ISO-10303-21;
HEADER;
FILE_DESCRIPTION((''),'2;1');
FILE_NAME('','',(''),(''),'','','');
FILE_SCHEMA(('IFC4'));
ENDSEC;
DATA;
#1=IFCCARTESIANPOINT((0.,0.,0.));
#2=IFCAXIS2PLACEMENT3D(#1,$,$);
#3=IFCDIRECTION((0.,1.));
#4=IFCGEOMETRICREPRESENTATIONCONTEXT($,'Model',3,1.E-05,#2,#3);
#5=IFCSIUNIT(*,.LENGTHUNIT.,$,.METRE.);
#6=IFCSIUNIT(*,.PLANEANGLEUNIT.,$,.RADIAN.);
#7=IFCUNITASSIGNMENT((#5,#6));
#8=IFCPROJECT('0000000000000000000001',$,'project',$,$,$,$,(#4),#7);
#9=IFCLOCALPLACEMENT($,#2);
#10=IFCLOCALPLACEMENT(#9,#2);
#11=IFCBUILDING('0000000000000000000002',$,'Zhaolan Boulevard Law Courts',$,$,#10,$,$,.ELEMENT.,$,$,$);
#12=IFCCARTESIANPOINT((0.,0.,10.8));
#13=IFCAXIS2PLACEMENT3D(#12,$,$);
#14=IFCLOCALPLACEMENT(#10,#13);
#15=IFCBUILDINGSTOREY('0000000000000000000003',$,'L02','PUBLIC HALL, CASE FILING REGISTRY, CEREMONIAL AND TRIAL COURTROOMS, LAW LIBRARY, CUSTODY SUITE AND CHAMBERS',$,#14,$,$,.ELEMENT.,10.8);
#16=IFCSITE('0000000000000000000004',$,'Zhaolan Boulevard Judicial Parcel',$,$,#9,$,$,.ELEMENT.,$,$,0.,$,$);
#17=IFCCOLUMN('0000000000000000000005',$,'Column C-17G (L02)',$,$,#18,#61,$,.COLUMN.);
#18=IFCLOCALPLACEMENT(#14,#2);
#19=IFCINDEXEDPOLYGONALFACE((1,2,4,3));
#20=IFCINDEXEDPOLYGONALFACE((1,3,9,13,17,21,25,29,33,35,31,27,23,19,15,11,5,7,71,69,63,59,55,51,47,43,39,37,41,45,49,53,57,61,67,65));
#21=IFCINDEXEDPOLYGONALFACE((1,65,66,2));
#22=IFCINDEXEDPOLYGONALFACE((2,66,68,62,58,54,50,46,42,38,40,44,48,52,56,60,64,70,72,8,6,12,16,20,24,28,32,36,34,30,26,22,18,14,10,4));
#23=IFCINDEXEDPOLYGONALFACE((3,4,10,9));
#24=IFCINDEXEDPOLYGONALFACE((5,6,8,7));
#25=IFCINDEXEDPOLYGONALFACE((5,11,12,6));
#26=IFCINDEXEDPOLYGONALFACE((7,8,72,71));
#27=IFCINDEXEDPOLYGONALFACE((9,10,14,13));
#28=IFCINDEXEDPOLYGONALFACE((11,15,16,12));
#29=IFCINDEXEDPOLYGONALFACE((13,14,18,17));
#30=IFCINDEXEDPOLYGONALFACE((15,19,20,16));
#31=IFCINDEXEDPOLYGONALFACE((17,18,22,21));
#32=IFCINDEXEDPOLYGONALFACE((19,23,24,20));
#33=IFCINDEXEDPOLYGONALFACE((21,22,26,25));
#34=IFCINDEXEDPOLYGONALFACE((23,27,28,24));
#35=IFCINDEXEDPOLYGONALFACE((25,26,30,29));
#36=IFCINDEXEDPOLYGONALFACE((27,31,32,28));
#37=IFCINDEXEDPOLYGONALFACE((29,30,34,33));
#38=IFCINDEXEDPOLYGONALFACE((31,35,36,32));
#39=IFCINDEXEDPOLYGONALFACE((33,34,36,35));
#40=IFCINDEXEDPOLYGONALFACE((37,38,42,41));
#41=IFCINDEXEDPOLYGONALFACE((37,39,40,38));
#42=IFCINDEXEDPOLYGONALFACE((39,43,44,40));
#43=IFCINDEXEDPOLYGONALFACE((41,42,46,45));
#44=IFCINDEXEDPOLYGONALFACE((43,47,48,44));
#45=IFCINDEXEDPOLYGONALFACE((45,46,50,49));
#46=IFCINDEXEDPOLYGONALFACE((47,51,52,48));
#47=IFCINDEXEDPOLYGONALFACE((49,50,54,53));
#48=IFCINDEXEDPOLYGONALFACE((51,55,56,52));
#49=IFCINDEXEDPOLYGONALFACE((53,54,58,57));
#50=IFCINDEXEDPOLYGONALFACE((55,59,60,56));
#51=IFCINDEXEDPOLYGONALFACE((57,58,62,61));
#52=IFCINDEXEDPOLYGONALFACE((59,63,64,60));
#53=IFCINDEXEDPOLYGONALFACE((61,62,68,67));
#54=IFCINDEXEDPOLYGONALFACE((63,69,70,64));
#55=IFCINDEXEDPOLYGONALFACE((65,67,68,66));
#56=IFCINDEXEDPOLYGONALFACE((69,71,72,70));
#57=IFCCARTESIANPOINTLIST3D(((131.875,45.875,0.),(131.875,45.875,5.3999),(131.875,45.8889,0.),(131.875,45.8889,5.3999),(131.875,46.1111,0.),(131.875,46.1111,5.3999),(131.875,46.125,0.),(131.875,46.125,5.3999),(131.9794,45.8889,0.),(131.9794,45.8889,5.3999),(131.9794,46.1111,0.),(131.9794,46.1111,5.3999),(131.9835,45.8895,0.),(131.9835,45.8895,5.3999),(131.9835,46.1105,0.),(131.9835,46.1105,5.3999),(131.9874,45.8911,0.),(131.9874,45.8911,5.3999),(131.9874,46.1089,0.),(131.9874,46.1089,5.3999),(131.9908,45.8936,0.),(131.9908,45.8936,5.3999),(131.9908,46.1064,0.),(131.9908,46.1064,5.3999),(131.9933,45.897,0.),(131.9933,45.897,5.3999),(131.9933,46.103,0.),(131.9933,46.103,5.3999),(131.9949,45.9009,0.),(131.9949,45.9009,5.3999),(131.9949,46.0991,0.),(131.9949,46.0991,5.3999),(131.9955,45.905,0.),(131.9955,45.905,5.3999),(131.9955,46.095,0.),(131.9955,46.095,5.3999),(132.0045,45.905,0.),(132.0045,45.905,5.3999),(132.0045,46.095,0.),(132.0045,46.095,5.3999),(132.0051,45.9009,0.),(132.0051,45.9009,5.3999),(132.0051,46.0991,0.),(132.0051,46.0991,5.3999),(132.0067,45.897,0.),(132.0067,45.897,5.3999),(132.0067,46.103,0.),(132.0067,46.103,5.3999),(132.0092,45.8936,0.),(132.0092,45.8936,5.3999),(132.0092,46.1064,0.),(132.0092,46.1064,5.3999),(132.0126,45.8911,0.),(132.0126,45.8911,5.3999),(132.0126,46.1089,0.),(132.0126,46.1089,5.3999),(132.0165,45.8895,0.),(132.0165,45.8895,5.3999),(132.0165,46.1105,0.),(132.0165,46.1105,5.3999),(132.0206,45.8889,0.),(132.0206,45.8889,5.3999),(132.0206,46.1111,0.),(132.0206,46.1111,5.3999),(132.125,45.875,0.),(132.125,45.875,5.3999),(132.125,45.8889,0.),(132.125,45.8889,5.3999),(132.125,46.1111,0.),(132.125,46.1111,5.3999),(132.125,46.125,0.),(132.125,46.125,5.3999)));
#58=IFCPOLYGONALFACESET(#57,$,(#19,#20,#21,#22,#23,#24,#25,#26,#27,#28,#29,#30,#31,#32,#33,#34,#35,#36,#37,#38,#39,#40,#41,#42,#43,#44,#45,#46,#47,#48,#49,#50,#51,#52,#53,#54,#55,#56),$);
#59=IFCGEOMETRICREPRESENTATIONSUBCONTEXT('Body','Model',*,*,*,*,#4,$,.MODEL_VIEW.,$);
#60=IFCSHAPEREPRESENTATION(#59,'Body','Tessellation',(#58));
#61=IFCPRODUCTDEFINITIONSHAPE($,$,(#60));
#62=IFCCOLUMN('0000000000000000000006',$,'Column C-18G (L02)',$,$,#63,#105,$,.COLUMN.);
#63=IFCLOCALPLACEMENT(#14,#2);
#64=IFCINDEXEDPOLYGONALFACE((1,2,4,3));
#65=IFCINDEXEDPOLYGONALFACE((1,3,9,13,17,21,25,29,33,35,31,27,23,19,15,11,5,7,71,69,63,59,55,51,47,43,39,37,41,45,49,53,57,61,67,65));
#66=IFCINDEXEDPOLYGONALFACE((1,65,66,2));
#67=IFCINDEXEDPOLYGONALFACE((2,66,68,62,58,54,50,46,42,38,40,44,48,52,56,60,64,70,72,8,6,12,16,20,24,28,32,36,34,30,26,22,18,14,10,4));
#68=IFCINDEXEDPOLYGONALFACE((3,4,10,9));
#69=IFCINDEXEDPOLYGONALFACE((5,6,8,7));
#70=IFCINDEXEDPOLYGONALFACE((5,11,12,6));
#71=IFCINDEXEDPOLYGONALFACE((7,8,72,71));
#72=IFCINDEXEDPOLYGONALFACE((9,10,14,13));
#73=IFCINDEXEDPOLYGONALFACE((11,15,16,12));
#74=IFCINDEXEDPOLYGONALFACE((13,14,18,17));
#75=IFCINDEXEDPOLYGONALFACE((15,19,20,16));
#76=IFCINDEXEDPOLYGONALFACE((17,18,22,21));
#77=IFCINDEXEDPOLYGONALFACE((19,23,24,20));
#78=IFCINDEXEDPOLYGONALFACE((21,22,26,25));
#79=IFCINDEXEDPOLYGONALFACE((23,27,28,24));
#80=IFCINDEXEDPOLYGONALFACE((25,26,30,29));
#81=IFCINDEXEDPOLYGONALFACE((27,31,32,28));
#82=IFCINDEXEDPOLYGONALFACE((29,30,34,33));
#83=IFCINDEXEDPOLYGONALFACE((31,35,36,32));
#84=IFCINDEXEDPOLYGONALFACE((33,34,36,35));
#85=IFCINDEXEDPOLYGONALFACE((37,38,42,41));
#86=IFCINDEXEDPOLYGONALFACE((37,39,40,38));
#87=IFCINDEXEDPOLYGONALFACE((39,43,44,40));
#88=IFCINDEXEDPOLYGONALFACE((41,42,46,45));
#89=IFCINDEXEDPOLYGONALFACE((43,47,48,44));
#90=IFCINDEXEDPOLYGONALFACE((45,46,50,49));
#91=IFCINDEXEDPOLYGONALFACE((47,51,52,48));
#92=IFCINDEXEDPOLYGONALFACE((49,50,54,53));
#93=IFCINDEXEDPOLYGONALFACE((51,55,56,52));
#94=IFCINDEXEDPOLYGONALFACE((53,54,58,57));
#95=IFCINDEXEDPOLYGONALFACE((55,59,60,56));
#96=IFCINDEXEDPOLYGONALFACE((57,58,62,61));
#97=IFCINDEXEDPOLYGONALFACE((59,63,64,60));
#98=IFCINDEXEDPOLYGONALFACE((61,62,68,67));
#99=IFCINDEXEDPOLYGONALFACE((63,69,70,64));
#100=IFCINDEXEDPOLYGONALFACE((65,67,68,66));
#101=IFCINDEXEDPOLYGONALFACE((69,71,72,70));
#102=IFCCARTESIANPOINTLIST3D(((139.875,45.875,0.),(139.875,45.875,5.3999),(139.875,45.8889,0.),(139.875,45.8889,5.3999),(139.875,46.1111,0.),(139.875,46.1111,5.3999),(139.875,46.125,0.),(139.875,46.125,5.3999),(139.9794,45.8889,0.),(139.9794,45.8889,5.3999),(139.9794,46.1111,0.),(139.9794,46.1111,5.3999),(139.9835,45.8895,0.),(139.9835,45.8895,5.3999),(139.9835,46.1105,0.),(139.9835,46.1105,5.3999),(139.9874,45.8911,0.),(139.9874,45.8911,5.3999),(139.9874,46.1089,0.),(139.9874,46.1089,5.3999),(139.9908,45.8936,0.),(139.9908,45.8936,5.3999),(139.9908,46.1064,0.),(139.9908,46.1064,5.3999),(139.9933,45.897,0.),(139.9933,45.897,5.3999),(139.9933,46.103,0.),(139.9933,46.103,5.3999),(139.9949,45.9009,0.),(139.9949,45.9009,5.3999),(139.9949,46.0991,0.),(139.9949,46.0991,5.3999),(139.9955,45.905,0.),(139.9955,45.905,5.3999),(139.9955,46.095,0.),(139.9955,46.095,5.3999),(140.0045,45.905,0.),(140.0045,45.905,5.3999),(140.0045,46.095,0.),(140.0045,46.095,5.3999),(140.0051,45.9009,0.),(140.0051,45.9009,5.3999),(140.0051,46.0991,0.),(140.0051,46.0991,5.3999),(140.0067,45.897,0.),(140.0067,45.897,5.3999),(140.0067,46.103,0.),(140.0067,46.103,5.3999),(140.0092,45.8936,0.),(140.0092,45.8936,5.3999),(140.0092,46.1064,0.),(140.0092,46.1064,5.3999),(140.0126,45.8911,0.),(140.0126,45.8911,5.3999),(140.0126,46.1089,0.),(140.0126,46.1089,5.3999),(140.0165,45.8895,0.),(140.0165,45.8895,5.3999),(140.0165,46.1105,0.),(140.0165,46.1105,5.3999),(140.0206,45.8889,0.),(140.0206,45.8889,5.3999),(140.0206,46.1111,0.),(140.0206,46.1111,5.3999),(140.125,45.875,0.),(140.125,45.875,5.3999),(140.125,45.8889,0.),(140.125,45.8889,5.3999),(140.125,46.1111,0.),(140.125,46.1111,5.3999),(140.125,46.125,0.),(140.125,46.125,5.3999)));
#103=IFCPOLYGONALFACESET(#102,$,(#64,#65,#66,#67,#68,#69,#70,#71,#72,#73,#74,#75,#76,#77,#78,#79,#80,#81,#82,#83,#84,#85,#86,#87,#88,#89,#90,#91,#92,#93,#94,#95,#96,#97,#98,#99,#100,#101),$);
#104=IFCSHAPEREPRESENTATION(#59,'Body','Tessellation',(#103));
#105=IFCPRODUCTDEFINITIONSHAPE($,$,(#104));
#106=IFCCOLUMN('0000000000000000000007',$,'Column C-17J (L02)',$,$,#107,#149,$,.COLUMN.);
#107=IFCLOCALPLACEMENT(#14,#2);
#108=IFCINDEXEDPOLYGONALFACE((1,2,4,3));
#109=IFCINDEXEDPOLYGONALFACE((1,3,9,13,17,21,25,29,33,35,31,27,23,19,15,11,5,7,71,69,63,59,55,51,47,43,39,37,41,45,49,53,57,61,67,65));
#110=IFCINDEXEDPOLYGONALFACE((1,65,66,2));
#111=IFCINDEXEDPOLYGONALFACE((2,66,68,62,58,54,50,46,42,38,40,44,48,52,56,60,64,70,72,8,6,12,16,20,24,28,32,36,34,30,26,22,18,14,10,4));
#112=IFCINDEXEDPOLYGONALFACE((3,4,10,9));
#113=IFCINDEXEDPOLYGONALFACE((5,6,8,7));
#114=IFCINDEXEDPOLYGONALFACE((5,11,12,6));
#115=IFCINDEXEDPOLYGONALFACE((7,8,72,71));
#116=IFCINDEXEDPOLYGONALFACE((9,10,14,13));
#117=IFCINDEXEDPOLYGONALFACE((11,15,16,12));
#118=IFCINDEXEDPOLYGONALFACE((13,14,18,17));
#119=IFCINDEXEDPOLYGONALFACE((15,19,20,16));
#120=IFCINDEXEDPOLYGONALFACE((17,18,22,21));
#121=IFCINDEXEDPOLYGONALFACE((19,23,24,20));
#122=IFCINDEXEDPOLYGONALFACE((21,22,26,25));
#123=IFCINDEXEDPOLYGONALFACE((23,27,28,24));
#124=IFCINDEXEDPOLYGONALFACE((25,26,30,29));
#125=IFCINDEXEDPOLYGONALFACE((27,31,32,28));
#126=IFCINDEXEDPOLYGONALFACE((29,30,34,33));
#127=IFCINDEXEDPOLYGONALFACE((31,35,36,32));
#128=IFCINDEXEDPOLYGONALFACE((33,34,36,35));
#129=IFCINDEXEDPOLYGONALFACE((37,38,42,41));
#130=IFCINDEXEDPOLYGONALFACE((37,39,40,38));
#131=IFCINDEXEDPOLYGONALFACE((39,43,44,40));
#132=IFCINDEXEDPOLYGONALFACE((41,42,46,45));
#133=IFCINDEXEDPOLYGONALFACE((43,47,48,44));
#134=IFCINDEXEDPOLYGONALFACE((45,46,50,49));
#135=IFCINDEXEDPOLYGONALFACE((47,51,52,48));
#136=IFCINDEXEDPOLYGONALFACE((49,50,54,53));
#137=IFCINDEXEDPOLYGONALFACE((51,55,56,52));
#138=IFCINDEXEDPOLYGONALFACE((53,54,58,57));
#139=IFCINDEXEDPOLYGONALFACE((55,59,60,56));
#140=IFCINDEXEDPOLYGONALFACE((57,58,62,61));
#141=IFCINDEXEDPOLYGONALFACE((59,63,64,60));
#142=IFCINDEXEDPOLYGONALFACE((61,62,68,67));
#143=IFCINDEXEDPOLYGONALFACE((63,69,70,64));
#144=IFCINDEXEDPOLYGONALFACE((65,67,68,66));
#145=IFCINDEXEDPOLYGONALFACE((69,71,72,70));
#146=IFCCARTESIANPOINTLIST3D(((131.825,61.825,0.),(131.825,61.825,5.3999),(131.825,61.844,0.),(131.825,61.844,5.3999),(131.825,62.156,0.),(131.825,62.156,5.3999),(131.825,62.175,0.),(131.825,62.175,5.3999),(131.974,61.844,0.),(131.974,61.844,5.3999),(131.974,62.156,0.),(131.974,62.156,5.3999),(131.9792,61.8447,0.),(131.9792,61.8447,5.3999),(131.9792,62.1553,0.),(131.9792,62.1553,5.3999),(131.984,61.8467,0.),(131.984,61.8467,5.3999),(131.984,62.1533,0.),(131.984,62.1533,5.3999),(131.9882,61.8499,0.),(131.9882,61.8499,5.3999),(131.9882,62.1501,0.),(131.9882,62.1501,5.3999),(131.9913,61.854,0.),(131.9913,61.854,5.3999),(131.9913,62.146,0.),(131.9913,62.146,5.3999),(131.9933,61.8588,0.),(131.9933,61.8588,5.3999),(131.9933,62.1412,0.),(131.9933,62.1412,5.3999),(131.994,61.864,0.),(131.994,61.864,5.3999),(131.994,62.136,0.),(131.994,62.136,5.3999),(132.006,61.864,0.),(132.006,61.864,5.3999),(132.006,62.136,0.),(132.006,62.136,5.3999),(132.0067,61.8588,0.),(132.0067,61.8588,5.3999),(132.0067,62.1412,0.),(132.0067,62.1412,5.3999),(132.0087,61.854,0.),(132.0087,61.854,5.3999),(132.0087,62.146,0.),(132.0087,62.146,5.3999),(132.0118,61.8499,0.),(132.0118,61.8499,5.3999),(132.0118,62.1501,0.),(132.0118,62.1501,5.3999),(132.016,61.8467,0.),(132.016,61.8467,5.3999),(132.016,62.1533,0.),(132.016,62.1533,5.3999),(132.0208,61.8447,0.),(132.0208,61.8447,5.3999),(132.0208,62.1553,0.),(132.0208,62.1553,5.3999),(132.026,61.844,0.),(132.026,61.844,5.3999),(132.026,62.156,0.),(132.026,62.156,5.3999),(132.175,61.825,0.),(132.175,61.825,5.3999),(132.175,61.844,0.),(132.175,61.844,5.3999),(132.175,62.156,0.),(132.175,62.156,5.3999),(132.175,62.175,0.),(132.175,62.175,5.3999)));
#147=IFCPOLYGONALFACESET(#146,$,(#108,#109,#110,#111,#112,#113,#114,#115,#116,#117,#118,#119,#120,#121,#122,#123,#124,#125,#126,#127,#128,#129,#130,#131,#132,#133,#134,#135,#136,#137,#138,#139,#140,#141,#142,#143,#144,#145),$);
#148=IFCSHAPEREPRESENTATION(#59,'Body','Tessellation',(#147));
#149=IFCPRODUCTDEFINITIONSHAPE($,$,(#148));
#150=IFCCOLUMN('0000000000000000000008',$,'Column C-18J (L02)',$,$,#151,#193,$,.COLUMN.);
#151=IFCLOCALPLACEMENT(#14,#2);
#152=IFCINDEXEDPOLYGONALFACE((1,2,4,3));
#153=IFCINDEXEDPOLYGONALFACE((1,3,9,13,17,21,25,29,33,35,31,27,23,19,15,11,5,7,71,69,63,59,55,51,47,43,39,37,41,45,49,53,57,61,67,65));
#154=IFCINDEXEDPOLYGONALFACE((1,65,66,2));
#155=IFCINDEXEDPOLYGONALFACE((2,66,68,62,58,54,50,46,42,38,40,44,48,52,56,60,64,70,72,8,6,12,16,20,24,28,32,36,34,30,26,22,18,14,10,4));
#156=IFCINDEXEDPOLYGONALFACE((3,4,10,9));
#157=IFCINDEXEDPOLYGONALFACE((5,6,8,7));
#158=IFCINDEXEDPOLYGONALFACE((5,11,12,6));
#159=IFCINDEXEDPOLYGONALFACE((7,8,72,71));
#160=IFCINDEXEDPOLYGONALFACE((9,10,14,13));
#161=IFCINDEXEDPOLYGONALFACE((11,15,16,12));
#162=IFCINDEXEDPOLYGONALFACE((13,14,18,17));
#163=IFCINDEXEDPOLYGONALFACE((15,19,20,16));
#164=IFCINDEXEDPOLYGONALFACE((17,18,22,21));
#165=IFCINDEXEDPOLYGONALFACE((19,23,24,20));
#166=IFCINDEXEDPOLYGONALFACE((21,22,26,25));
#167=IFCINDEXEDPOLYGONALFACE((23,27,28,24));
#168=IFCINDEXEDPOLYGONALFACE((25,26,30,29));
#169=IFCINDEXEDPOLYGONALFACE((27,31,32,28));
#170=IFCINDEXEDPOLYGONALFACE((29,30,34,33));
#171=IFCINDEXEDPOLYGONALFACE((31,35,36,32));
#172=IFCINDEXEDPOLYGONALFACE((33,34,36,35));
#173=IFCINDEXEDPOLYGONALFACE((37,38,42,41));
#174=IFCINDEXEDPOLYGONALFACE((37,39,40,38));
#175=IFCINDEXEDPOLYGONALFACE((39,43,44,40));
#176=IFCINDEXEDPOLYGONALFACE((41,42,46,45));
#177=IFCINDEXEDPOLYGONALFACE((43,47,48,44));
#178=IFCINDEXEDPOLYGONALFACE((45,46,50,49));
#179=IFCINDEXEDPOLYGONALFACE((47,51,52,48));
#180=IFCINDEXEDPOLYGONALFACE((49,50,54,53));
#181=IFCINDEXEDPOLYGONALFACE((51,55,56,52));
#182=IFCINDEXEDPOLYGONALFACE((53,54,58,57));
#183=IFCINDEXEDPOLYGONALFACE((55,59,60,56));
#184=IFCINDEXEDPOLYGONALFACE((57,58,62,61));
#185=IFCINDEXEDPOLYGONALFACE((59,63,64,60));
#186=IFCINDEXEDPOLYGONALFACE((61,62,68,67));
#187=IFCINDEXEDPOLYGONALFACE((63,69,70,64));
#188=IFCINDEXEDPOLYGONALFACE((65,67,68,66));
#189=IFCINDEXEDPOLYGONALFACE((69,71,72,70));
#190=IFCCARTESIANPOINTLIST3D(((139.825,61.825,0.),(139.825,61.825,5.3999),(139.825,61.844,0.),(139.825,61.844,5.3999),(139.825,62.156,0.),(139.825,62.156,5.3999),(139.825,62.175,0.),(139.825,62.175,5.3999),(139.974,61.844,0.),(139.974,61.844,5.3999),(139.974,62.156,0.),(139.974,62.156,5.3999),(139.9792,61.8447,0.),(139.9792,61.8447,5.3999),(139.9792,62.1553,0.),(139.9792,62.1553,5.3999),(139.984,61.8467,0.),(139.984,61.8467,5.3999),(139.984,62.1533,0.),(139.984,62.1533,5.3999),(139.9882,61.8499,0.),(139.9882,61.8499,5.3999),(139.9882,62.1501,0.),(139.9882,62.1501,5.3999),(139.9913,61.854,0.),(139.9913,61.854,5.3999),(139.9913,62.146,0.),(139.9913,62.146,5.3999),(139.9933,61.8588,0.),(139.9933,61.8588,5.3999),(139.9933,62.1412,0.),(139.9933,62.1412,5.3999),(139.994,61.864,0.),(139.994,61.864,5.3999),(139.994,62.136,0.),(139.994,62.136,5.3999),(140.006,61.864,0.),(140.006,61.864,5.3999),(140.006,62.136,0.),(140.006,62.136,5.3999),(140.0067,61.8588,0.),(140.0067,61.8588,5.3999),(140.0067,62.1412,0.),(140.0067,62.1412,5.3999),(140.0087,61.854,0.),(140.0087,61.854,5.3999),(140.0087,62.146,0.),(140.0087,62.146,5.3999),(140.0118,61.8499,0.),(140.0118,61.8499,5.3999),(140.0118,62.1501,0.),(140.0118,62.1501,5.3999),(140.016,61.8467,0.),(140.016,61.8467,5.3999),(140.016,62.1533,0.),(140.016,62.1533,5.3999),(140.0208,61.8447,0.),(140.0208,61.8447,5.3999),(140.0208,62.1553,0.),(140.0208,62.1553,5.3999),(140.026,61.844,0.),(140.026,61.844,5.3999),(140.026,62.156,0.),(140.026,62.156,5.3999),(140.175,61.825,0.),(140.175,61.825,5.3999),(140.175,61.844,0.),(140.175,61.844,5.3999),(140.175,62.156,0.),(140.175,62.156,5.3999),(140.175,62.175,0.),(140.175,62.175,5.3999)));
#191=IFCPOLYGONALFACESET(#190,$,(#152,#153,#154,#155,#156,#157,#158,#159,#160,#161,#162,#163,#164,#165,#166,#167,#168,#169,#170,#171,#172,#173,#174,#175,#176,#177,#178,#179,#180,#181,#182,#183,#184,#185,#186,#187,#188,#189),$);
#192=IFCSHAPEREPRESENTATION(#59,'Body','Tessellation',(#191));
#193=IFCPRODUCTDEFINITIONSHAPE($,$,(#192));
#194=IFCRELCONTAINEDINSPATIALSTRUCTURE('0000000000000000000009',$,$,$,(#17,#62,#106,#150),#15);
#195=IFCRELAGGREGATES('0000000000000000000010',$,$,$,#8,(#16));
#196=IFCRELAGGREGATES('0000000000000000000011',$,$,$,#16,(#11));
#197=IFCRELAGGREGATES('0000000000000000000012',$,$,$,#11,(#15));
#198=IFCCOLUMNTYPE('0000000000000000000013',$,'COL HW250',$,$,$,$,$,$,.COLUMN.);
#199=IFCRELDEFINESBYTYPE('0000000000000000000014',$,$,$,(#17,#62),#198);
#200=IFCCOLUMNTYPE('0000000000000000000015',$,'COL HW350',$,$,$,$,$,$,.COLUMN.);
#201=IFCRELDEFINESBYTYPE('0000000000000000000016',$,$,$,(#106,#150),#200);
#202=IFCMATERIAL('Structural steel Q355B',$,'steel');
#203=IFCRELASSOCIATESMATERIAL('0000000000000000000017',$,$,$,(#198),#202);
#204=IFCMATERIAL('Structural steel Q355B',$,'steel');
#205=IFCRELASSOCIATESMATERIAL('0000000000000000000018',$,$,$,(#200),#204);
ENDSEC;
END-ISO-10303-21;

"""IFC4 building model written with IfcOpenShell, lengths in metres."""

from ifc_helpers import new_model, si_unit, direction, frame, origin, origin_2d, place, context, subcontext, project, spatial, i_section, extrude, material, material_profile, profile_set, type_object, element, save


model = new_model("IFC4")

# Units and contexts
model_context = context("Model", 3, precision=1e-05, world=origin(), true_north=direction((0.0, 1.0)))
body_context = subcontext(model_context, "Body", "Model", "MODEL_VIEW")
ifc_project = project(units=[si_unit("LENGTHUNIT", "METRE"), si_unit("PLANEANGLEUNIT", "RADIAN")], contexts=[model_context])

# Site, building, storey
site_placement = place(None, origin())
site = spatial("IfcSite", under=ifc_project, at=site_placement, Name="Zhaolan Boulevard Judicial Parcel", CompositionType="ELEMENT", RefElevation=0.0)
building_placement = place(site_placement, origin())
building = spatial("IfcBuilding", under=site, at=building_placement, Name="Zhaolan Boulevard Law Courts", CompositionType="ELEMENT")
storey_placement = place(building_placement, frame((0.0, 0.0, 10.8)))
storey = spatial("IfcBuildingStorey", under=building, at=storey_placement, Name="L02", Description="PUBLIC HALL, CASE FILING REGISTRY, CEREMONIAL AND TRIAL COURTROOMS, LAW LIBRARY, CUSTODY SUITE AND CHAMBERS", CompositionType="ELEMENT", Elevation=10.8)

# Columns
ifc_material_1 = material(Name="Structural steel Q355B", Category="steel")
ifc_material_profile_1 = material_profile(ifc_material_1, i_section(OverallWidth=0.25, OverallDepth=0.25, WebThickness=0.009, FlangeThickness=0.0139, FilletRadius=0.0161, at=origin_2d()), Name="HW250x250")
ifc_profile_set_1 = profile_set([ifc_material_profile_1], Name="Structural steel Q355B")
column_type_1 = type_object("IfcColumnType", Name="COL HW250", PredefinedType="COLUMN", material=ifc_profile_set_1)
for number, where, z_axis, x_axis, name in (
    (1, (132.0, 46.0, 0.0), (0.0, 0.0, 1.0), (1.0, 0.0, 0.0), "Column C-17G (L02)"),
    (2, (140.0, 46.0, 0.0), (0.0, 0.0, 1.0), (1.0, 0.0, 0.0), "Column C-18G (L02)"),
):
    element("IfcColumn", number, at=place(storey_placement, frame(where, z_axis=z_axis, x_axis=x_axis)), inside=storey, type_object=column_type_1, Name=name, PredefinedType="COLUMN", context=body_context, shape_type="SweptSolid", body=[
        extrude(i_section(OverallWidth=0.25, OverallDepth=0.25, WebThickness=0.009, FlangeThickness=0.0139, FilletRadius=0.0161, at=origin_2d()), origin(), (0.0, 0.0, 1.0), 5.3999),
    ])
ifc_material_2 = material(Name="Structural steel Q355B", Category="steel")
ifc_material_profile_2 = material_profile(ifc_material_2, i_section(OverallWidth=0.3501, OverallDepth=0.3501, WebThickness=0.012, FlangeThickness=0.019, FilletRadius=0.02, at=origin_2d()), Name="HW350x350")
ifc_profile_set_2 = profile_set([ifc_material_profile_2], Name="Structural steel Q355B")
column_type_2 = type_object("IfcColumnType", Name="COL HW350", PredefinedType="COLUMN", material=ifc_profile_set_2)
for number, where, z_axis, x_axis, name in (
    (3, (132.0, 62.0, 0.0), (0.0, 0.0, 1.0), (1.0, 0.0, 0.0), "Column C-17J (L02)"),
    (4, (140.0, 62.0, 0.0), (0.0, 0.0, 1.0), (1.0, 0.0, 0.0), "Column C-18J (L02)"),
):
    element("IfcColumn", number, at=place(storey_placement, frame(where, z_axis=z_axis, x_axis=x_axis)), inside=storey, type_object=column_type_2, Name=name, PredefinedType="COLUMN", context=body_context, shape_type="SweptSolid", body=[
        extrude(i_section(OverallWidth=0.3501, OverallDepth=0.3501, WebThickness=0.012, FlangeThickness=0.019, FilletRadius=0.02, at=origin_2d()), origin(), (0.0, 0.0, 1.0), 5.3999),
    ])

save(model, "model.ifc")
